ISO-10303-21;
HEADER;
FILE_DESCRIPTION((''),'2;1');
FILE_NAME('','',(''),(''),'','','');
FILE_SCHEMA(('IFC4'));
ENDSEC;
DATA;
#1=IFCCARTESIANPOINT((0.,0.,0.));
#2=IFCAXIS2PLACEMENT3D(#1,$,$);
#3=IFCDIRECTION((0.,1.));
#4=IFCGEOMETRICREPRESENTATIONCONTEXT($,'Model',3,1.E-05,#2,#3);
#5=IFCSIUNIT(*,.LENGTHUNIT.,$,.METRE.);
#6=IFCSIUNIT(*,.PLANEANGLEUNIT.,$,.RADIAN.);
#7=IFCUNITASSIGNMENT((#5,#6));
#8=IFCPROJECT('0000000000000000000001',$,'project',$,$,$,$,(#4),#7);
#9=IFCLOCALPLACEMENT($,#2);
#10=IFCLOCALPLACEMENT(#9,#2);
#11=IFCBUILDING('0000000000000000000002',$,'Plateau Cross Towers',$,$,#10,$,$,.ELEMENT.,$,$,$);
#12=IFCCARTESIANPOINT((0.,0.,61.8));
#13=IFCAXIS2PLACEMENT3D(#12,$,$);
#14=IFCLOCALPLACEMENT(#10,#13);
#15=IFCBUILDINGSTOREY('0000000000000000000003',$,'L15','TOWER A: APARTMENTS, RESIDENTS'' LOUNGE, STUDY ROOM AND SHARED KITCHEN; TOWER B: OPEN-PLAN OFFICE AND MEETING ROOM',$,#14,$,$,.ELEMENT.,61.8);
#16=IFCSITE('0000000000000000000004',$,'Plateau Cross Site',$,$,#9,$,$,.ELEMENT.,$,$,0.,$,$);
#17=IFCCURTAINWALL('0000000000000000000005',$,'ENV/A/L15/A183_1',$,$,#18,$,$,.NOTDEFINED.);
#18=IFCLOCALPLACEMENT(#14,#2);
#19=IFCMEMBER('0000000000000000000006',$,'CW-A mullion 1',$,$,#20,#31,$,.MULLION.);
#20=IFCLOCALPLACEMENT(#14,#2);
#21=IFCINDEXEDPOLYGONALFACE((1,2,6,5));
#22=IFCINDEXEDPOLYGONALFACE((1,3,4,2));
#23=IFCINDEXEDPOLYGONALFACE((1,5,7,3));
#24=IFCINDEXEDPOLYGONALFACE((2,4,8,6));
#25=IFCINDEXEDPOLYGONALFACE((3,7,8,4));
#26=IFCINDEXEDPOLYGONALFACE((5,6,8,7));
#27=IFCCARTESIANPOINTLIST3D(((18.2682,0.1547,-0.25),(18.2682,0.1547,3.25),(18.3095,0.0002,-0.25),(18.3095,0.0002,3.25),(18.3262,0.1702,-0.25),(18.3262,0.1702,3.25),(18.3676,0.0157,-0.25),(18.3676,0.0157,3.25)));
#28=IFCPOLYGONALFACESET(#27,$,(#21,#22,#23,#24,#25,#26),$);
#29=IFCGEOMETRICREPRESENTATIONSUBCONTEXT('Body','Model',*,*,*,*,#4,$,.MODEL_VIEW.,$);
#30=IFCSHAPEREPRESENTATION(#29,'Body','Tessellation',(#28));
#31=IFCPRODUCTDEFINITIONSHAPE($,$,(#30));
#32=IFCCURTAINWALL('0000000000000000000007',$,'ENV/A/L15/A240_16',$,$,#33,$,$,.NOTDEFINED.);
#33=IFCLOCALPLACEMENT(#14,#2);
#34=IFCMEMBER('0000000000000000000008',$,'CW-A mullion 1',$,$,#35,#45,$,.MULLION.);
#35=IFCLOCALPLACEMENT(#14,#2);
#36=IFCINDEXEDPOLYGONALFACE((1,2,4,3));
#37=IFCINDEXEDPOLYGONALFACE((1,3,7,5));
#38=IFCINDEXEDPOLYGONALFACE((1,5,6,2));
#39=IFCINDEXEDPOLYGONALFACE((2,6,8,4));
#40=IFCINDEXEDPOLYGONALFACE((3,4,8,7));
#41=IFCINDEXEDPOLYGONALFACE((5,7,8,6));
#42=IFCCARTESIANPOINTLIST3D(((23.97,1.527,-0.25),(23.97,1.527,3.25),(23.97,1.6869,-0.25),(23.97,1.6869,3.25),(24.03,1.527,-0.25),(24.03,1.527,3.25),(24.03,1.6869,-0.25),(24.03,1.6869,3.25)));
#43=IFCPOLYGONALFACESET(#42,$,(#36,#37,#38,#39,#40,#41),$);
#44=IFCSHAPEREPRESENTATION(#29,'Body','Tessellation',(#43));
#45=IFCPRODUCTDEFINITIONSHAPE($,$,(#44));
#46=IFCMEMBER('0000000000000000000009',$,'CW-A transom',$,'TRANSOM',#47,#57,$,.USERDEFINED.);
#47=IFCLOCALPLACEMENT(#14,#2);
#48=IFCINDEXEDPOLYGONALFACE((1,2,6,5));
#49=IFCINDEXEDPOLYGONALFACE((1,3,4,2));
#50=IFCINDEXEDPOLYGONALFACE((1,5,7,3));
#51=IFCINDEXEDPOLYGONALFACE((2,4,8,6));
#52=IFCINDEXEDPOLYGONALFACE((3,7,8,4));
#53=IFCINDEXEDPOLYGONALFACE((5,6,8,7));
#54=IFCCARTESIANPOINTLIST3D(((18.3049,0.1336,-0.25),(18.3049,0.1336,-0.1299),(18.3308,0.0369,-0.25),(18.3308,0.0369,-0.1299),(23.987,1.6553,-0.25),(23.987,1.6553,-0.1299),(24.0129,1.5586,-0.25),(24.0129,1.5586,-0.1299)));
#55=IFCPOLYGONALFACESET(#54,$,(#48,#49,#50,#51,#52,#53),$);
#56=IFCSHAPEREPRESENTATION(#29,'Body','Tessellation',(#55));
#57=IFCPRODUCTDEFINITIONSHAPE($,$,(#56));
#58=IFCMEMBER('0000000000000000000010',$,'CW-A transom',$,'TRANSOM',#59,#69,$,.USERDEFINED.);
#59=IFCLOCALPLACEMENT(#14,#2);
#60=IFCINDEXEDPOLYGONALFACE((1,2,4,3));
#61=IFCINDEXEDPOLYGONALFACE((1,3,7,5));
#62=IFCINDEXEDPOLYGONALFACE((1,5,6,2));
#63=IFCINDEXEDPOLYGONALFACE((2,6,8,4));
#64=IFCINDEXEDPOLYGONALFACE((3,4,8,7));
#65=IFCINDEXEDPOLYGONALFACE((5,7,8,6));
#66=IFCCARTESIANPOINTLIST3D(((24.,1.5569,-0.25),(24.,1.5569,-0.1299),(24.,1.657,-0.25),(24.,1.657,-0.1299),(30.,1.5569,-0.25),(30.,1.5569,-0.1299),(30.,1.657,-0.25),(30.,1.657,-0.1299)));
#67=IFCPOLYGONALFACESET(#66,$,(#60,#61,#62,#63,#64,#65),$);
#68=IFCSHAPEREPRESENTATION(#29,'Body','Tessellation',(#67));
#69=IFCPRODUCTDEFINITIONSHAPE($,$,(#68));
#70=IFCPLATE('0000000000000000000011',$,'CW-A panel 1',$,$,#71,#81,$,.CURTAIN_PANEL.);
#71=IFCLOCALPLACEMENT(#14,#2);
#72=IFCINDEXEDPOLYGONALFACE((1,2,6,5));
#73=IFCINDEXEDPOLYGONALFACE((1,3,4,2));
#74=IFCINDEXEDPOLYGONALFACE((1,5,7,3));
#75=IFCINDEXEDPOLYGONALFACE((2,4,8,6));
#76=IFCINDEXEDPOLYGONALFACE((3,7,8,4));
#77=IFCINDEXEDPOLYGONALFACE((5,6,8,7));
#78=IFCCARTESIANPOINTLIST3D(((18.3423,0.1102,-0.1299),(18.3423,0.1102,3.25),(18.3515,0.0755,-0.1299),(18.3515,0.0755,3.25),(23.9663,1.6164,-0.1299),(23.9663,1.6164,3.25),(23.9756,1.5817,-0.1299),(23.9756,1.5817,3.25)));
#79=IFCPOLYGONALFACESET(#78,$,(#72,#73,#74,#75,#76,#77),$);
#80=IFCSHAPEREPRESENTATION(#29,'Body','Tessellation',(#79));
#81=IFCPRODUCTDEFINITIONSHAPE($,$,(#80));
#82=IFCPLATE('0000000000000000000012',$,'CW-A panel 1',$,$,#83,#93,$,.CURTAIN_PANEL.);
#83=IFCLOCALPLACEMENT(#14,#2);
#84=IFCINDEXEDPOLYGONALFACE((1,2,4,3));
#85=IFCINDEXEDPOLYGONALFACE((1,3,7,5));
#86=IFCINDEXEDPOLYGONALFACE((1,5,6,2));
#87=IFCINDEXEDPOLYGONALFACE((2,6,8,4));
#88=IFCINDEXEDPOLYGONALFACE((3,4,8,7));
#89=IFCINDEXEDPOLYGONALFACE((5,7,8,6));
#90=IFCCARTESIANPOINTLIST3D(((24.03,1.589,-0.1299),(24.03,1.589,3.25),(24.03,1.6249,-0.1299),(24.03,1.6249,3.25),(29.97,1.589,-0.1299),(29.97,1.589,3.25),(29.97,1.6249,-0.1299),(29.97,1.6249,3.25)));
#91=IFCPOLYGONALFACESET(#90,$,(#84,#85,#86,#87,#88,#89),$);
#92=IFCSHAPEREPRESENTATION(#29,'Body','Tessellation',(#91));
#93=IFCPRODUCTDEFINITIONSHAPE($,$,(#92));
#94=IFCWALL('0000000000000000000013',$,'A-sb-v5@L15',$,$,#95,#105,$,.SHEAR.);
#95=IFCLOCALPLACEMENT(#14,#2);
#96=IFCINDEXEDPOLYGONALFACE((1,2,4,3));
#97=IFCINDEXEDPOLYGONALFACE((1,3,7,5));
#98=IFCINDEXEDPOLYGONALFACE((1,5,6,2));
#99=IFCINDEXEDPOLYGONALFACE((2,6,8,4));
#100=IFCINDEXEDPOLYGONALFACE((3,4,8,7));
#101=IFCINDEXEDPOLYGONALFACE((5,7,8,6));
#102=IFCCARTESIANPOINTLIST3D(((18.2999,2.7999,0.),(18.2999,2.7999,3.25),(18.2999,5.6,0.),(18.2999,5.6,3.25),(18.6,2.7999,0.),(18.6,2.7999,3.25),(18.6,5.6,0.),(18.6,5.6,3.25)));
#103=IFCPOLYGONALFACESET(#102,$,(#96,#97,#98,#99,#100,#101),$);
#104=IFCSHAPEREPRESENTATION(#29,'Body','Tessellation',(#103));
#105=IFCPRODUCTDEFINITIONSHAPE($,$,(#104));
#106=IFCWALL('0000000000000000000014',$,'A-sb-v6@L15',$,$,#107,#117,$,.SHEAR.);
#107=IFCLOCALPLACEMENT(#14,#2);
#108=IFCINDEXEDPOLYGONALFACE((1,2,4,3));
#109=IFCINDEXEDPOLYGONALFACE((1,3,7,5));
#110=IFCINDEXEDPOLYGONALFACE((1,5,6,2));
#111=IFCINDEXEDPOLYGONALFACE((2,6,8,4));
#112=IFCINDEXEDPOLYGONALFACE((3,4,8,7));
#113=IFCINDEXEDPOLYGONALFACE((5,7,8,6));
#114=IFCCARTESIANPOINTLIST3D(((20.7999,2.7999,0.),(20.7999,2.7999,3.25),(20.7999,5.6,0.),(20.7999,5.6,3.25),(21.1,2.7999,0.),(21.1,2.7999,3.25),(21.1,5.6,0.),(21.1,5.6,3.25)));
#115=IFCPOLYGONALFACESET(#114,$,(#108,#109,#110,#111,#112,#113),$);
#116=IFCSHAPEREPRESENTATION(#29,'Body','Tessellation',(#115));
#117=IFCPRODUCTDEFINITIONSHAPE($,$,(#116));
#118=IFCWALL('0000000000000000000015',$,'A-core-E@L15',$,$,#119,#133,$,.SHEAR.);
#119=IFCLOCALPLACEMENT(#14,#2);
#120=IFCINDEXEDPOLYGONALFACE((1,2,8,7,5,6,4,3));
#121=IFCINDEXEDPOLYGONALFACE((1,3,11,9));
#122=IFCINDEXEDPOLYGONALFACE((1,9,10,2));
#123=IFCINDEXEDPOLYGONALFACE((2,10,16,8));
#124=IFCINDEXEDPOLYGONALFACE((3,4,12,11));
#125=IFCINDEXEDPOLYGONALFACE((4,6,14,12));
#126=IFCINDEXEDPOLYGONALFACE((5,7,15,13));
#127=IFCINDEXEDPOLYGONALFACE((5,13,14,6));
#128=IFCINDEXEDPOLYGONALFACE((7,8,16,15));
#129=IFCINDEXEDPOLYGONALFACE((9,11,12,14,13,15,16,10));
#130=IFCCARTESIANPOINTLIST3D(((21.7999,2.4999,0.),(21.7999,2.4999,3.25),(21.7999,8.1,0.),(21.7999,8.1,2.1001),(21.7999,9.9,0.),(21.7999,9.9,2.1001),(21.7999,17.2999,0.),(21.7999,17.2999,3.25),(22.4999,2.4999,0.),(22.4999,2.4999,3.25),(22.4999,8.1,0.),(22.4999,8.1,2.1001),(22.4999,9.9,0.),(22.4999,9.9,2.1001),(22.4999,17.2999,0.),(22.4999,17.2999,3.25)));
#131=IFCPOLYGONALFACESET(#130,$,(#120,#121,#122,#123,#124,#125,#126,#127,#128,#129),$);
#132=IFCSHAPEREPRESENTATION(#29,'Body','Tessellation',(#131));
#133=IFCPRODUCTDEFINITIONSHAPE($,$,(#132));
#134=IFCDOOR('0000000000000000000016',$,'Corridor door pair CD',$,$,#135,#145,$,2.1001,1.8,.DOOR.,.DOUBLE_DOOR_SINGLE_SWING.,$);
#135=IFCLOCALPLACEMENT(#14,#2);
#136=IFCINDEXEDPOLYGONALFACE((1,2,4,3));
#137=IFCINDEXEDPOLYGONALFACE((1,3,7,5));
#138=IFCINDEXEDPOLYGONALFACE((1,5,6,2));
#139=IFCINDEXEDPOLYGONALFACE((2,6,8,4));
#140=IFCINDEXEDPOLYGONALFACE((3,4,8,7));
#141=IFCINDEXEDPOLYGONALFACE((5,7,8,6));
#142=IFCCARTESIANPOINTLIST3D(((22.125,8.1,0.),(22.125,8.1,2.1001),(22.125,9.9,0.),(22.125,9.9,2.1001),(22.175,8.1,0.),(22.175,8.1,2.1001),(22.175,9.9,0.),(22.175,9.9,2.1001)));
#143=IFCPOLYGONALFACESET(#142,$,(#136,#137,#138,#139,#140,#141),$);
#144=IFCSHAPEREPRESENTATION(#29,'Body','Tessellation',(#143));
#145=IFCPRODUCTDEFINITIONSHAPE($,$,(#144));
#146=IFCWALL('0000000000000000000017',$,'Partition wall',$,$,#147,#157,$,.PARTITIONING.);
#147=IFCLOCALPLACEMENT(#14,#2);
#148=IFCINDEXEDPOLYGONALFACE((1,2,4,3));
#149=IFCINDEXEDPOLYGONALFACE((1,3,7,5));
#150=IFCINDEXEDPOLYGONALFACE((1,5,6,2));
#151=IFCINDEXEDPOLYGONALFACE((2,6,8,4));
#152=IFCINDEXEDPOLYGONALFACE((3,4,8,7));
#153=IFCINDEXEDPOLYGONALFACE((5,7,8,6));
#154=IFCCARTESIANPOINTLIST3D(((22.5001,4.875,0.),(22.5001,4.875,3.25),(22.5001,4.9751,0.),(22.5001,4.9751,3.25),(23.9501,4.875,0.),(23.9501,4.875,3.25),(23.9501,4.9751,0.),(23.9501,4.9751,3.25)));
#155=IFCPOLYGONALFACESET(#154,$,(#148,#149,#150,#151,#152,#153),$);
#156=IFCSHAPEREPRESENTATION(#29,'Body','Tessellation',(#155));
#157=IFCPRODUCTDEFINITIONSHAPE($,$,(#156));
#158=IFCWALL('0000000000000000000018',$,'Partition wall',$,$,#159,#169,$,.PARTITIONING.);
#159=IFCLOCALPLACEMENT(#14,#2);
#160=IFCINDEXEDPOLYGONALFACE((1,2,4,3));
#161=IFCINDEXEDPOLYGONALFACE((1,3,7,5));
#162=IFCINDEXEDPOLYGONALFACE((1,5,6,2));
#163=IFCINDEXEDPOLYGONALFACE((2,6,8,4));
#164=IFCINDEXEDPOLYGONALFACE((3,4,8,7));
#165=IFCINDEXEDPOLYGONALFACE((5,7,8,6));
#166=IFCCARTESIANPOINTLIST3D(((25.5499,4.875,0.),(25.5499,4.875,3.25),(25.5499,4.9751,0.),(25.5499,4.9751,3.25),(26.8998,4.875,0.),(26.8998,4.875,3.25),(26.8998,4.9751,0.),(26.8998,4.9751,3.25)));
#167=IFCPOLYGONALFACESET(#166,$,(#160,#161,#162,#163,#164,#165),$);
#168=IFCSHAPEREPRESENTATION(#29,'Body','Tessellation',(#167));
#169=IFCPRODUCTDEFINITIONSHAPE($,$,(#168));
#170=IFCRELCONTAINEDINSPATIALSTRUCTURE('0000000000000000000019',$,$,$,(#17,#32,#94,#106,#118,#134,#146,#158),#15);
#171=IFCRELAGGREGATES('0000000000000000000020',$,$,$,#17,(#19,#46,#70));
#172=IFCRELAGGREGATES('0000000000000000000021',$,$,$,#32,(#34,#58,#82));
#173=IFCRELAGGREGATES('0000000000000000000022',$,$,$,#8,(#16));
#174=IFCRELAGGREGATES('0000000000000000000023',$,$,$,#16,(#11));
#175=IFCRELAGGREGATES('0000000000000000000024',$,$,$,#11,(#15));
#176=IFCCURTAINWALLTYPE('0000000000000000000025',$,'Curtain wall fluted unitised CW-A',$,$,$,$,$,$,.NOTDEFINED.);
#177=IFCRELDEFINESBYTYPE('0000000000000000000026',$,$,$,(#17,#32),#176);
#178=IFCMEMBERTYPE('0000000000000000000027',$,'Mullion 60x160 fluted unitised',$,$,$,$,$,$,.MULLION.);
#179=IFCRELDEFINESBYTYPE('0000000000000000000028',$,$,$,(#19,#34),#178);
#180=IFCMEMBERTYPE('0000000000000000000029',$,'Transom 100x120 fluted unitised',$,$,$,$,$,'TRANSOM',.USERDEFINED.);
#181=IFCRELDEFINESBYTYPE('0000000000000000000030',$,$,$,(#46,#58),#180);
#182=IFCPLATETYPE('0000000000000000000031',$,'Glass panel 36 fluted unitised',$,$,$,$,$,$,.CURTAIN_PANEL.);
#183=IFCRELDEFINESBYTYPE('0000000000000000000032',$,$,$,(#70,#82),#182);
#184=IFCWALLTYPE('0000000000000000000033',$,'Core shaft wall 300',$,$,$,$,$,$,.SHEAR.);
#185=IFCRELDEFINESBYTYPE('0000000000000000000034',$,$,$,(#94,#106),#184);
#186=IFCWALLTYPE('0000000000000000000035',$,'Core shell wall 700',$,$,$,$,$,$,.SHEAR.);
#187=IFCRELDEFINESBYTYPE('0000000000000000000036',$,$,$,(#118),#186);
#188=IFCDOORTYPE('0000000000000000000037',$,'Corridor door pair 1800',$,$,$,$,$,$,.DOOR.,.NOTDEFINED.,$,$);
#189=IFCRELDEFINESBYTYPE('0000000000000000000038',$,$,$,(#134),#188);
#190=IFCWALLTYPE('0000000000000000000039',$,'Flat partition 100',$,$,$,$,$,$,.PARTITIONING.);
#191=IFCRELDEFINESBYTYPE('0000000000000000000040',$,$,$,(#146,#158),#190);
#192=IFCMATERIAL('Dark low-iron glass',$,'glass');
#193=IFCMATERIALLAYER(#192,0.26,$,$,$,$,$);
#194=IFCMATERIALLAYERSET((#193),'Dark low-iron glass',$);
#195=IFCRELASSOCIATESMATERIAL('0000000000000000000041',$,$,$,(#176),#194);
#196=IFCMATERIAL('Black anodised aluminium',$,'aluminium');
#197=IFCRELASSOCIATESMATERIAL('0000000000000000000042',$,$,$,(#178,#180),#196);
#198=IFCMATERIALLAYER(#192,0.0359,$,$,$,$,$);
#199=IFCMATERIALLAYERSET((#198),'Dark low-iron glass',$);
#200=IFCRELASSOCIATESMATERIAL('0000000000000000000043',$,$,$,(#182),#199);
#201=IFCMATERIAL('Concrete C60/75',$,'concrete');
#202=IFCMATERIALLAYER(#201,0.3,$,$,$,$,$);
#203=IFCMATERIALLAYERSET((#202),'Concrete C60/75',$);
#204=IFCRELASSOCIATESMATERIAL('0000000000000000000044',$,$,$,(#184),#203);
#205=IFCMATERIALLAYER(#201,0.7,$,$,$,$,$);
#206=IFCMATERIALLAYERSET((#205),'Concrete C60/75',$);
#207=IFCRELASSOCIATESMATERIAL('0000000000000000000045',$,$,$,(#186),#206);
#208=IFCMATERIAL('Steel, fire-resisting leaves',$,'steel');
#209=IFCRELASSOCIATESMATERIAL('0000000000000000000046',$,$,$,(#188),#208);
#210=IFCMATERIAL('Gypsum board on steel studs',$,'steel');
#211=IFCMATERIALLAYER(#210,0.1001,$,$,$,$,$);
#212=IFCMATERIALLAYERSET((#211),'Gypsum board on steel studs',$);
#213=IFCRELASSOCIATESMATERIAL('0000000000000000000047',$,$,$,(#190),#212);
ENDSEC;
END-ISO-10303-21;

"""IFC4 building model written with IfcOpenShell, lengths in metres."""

from ifc_helpers import new_model, si_unit, direction, frame, frame_2d, origin, origin_2d, place, context, subcontext, project, spatial, rectangle, extrude, material, layer, layer_set, material_profile, profile_set, type_object, element, fill, aggregate, save


model = new_model("IFC4")

# Units and contexts
model_context = context("Model", 3, precision=1e-05, world=origin(), true_north=direction((0.0, 1.0)))
body_context = subcontext(model_context, "Body", "Model", "MODEL_VIEW")
ifc_project = project(units=[si_unit("LENGTHUNIT", "METRE"), si_unit("PLANEANGLEUNIT", "RADIAN")], contexts=[model_context])

# Site, building, storey
site_placement = place(None, origin())
site = spatial("IfcSite", under=ifc_project, at=site_placement, Name="Plateau Cross Site", CompositionType="ELEMENT", RefElevation=0.0)
building_placement = place(site_placement, origin())
building = spatial("IfcBuilding", under=site, at=building_placement, Name="Plateau Cross Towers", CompositionType="ELEMENT")
storey_placement = place(building_placement, frame((0.0, 0.0, 61.8)))
storey = spatial("IfcBuildingStorey", under=building, at=storey_placement, Name="L15", Description="TOWER A: APARTMENTS, RESIDENTS' LOUNGE, STUDY ROOM AND SHARED KITCHEN; TOWER B: OPEN-PLAN OFFICE AND MEETING ROOM", CompositionType="ELEMENT", Elevation=61.8)

# Curtain walls, members
ifc_material_1 = material(Name="Dark low-iron glass", Category="glass")
ifc_layer_1 = layer(ifc_material_1, 0.26)
ifc_layer_set_1 = layer_set([ifc_layer_1], Name="Dark low-iron glass")
curtain_wall_type = type_object("IfcCurtainWallType", Name="Curtain wall fluted unitised CW-A", PredefinedType="NOTDEFINED", material=ifc_layer_set_1)
curtain_wall_1_placement = place(storey_placement, origin())
curtain_wall_1 = element("IfcCurtainWall", 1, at=curtain_wall_1_placement, inside=storey, type_object=curtain_wall_type, Name="ENV/A/L15/A183_1", PredefinedType="NOTDEFINED")
ifc_material_2 = material(Name="Black anodised aluminium", Category="aluminium")
ifc_material_profile_1 = material_profile(ifc_material_2, rectangle(XDim=0.0601, YDim=0.1599, at=origin_2d()), Name="MULLION 60x160")
ifc_profile_set_1 = profile_set([ifc_material_profile_1], Name="Black anodised aluminium")
member_type_1 = type_object("IfcMemberType", Name="Mullion 60x160 fluted unitised", PredefinedType="MULLION", material=ifc_profile_set_1)
member_1_placement = place(storey_placement, frame((18.3179, 0.0852, -0.25), z_axis=(0.0, 0.0, 1.0), x_axis=(0.965958, 0.258699, 0.0)))
member_1 = element("IfcMember", 2, at=member_1_placement, type_object=member_type_1, Name="CW-A mullion 1", PredefinedType="MULLION", context=body_context, shape_type="SweptSolid", body=[
    extrude(rectangle(XDim=0.0601, YDim=0.1599, at=origin_2d()), origin(), (0.0, 0.0, 1.0), 3.5),
])
curtain_wall_2_placement = place(storey_placement, origin())
curtain_wall_2 = element("IfcCurtainWall", 3, at=curtain_wall_2_placement, inside=storey, type_object=curtain_wall_type, Name="ENV/A/L15/A240_16", PredefinedType="NOTDEFINED")
member_2_placement = place(storey_placement, frame((24.0, 1.6069, -0.25), z_axis=(0.0, 0.0, 1.0), x_axis=(1.0, 0.0, 0.0)))
member_2 = element("IfcMember", 4, at=member_2_placement, type_object=member_type_1, Name="CW-A mullion 1", PredefinedType="MULLION", context=body_context, shape_type="SweptSolid", body=[
    extrude(rectangle(XDim=0.0601, YDim=0.1599, at=origin_2d()), origin(), (0.0, 0.0, 1.0), 3.5),
])

# Members
ifc_material_profile_2 = material_profile(ifc_material_2, rectangle(XDim=0.1001, YDim=0.1201, at=origin_2d()), Name="TRANSOM 100x120")
ifc_profile_set_2 = profile_set([ifc_material_profile_2], Name="Black anodised aluminium")
member_type_2 = type_object("IfcMemberType", Name="Transom 100x120 fluted unitised", ElementType="TRANSOM", PredefinedType="USERDEFINED", material=ifc_profile_set_2)
member_3_placement = place(storey_placement, frame((18.3179, 0.0852, -0.1899), z_axis=(0.96596, 0.258693, 0.0), x_axis=(-0.258693, 0.96596, 0.0)))
member_3 = element("IfcMember", 5, at=member_3_placement, type_object=member_type_2, Name="CW-A transom", ObjectType="TRANSOM", PredefinedType="USERDEFINED", context=body_context, shape_type="SweptSolid", body=[
    extrude(rectangle(XDim=0.1001, YDim=0.1201, at=origin_2d()), origin(), (0.0, 0.0, 1.0), 5.8823),
])
member_4_placement = place(storey_placement, frame((24.0, 1.6069, -0.1899), z_axis=(1.0, 0.0, 0.0), x_axis=(0.0, 1.0, 0.0)))
member_4 = element("IfcMember", 6, at=member_4_placement, type_object=member_type_2, Name="CW-A transom", ObjectType="TRANSOM", PredefinedType="USERDEFINED", context=body_context, shape_type="SweptSolid", body=[
    extrude(rectangle(XDim=0.1001, YDim=0.1201, at=origin_2d()), origin(), (0.0, 0.0, 1.0), 6.0),
])

# Plates
ifc_layer_2 = layer(ifc_material_1, 0.0359)
ifc_layer_set_2 = layer_set([ifc_layer_2], Name="Dark low-iron glass")
plate_type = type_object("IfcPlateType", Name="Glass panel 36 fluted unitised", PredefinedType="CURTAIN_PANEL", material=ifc_layer_set_2)
plate_1_placement = place(storey_placement, frame((21.1589, 0.8459, -0.1299), z_axis=(0.0, 0.0, 1.0), x_axis=(0.965958, 0.258699, 0.0)))
plate_1 = element("IfcPlate", 7, at=plate_1_placement, type_object=plate_type, Name="CW-A panel 1", PredefinedType="CURTAIN_PANEL", context=body_context, shape_type="SweptSolid", body=[
    extrude(rectangle(XDim=5.8223, YDim=0.0359, at=origin_2d()), origin(), (0.0, 0.0, 1.0), 3.3799),
])
aggregate(curtain_wall_1, [member_1, member_3, plate_1])
plate_2_placement = place(storey_placement, frame((27.0, 1.6069, -0.1299), z_axis=(0.0, 0.0, 1.0), x_axis=(1.0, 0.0, 0.0)))
plate_2 = element("IfcPlate", 8, at=plate_2_placement, type_object=plate_type, Name="CW-A panel 1", PredefinedType="CURTAIN_PANEL", context=body_context, shape_type="SweptSolid", body=[
    extrude(rectangle(XDim=5.9399, YDim=0.0359, at=origin_2d()), origin(), (0.0, 0.0, 1.0), 3.3799),
])
aggregate(curtain_wall_2, [member_2, member_4, plate_2])

# Walls
ifc_material_3 = material(Name="Concrete C60/75", Category="concrete")
ifc_layer_3 = layer(ifc_material_3, 0.3)
ifc_layer_set_3 = layer_set([ifc_layer_3], Name="Concrete C60/75")
wall_type_1 = type_object("IfcWallType", Name="Core shaft wall 300", PredefinedType="SHEAR", material=ifc_layer_set_3)
for number, where, z_axis, x_axis, name in (
    (9, (18.45, 2.8, 0.0), (0.0, 0.0, 1.0), (0.0, 1.0, 0.0), "A-sb-v5@L15"),
    (10, (20.95, 2.8, 0.0), (0.0, 0.0, 1.0), (0.0, 1.0, 0.0), "A-sb-v6@L15"),
):
    element("IfcWall", number, at=place(storey_placement, frame(where, z_axis=z_axis, x_axis=x_axis)), inside=storey, type_object=wall_type_1, Name=name, PredefinedType="SHEAR", context=body_context, shape_type="SweptSolid", body=[
        extrude(rectangle(XDim=2.8, YDim=0.3, at=frame_2d((1.3999, 0.0))), origin(), (0.0, 0.0, 1.0), 3.25),
    ])

# Wall, opening, door
ifc_layer_4 = layer(ifc_material_3, 0.7)
ifc_layer_set_4 = layer_set([ifc_layer_4], Name="Concrete C60/75")
wall_type_2 = type_object("IfcWallType", Name="Core shell wall 700", PredefinedType="SHEAR", material=ifc_layer_set_4)
wall_1_placement = place(storey_placement, frame((22.1499, 2.5, 0.0), z_axis=(0.0, 0.0, 1.0), x_axis=(0.0, 1.0, 0.0)))
wall_1 = element("IfcWall", 11, at=wall_1_placement, inside=storey, type_object=wall_type_2, Name="A-core-E@L15", PredefinedType="SHEAR", context=body_context, shape_type="SweptSolid", body=[
    extrude(rectangle(XDim=14.8, YDim=0.7, at=frame_2d((7.3999, 0.0))), origin(), (0.0, 0.0, 1.0), 3.25),
])
opening_1_placement = place(wall_1_placement, frame((5.6001, 0.0, 0.0)))
opening_1 = element("IfcOpeningElement", 12, at=opening_1_placement, cuts=wall_1, PredefinedType="OPENING", context=body_context, shape_type="SweptSolid", body=[
    extrude(rectangle(XDim=1.8, YDim=2.1001, at=frame_2d((0.8999, 1.05))), frame((0.0, 0.3599, 0.0), z_axis=(0.0, -1.0, 0.0), x_axis=(1.0, 0.0, 0.0)), (0.0, 0.0, 1.0), 0.72),
])
ifc_material_4 = material(Name="Steel, fire-resisting leaves", Category="steel")
door_type_1 = type_object("IfcDoorType", Name="Corridor door pair 1800", OperationType="NOTDEFINED", PredefinedType="DOOR", material=ifc_material_4)
door_1_placement = place(opening_1_placement, origin())
door_1 = element("IfcDoor", 13, at=door_1_placement, inside=storey, type_object=door_type_1, Name="Corridor door pair CD", OperationType="DOUBLE_DOOR_SINGLE_SWING", OverallHeight=2.1001, OverallWidth=1.8, PredefinedType="DOOR", context=body_context, shape_type="SweptSolid", body=[
    extrude(rectangle(XDim=1.8, YDim=2.1001, at=frame_2d((0.8999, 1.05))), frame((0.0, 0.0249, 0.0), z_axis=(0.0, -1.0, 0.0), x_axis=(1.0, 0.0, 0.0)), (0.0, 0.0, 1.0), 0.05),
])
fill(opening_1, door_1)

# Walls
ifc_material_5 = material(Name="Gypsum board on steel studs", Category="steel")
ifc_layer_5 = layer(ifc_material_5, 0.1001)
ifc_layer_set_5 = layer_set([ifc_layer_5], Name="Gypsum board on steel studs")
wall_type_3 = type_object("IfcWallType", Name="Flat partition 100", PredefinedType="PARTITIONING", material=ifc_layer_set_5)
wall_2_placement = place(storey_placement, frame((22.5, 4.925, 0.0), z_axis=(0.0, 0.0, 1.0), x_axis=(1.0, 0.0, 0.0)))
element("IfcWall", 14, at=wall_2_placement, inside=storey, type_object=wall_type_3, Name="Partition wall", PredefinedType="PARTITIONING", context=body_context, shape_type="SweptSolid", body=[
    extrude(rectangle(XDim=1.45, YDim=0.1001, at=frame_2d((0.7251, 0.0))), origin(), (0.0, 0.0, 1.0), 3.25),
])
wall_3_placement = place(storey_placement, frame((25.55, 4.925, 0.0), z_axis=(0.0, 0.0, 1.0), x_axis=(1.0, 0.0, 0.0)))
element("IfcWall", 15, at=wall_3_placement, inside=storey, type_object=wall_type_3, Name="Partition wall", PredefinedType="PARTITIONING", context=body_context, shape_type="SweptSolid", body=[
    extrude(rectangle(XDim=1.3499, YDim=0.1001, at=frame_2d((0.6748, 0.0))), origin(), (0.0, 0.0, 1.0), 3.25),
])

save(model, "model.ifc")
